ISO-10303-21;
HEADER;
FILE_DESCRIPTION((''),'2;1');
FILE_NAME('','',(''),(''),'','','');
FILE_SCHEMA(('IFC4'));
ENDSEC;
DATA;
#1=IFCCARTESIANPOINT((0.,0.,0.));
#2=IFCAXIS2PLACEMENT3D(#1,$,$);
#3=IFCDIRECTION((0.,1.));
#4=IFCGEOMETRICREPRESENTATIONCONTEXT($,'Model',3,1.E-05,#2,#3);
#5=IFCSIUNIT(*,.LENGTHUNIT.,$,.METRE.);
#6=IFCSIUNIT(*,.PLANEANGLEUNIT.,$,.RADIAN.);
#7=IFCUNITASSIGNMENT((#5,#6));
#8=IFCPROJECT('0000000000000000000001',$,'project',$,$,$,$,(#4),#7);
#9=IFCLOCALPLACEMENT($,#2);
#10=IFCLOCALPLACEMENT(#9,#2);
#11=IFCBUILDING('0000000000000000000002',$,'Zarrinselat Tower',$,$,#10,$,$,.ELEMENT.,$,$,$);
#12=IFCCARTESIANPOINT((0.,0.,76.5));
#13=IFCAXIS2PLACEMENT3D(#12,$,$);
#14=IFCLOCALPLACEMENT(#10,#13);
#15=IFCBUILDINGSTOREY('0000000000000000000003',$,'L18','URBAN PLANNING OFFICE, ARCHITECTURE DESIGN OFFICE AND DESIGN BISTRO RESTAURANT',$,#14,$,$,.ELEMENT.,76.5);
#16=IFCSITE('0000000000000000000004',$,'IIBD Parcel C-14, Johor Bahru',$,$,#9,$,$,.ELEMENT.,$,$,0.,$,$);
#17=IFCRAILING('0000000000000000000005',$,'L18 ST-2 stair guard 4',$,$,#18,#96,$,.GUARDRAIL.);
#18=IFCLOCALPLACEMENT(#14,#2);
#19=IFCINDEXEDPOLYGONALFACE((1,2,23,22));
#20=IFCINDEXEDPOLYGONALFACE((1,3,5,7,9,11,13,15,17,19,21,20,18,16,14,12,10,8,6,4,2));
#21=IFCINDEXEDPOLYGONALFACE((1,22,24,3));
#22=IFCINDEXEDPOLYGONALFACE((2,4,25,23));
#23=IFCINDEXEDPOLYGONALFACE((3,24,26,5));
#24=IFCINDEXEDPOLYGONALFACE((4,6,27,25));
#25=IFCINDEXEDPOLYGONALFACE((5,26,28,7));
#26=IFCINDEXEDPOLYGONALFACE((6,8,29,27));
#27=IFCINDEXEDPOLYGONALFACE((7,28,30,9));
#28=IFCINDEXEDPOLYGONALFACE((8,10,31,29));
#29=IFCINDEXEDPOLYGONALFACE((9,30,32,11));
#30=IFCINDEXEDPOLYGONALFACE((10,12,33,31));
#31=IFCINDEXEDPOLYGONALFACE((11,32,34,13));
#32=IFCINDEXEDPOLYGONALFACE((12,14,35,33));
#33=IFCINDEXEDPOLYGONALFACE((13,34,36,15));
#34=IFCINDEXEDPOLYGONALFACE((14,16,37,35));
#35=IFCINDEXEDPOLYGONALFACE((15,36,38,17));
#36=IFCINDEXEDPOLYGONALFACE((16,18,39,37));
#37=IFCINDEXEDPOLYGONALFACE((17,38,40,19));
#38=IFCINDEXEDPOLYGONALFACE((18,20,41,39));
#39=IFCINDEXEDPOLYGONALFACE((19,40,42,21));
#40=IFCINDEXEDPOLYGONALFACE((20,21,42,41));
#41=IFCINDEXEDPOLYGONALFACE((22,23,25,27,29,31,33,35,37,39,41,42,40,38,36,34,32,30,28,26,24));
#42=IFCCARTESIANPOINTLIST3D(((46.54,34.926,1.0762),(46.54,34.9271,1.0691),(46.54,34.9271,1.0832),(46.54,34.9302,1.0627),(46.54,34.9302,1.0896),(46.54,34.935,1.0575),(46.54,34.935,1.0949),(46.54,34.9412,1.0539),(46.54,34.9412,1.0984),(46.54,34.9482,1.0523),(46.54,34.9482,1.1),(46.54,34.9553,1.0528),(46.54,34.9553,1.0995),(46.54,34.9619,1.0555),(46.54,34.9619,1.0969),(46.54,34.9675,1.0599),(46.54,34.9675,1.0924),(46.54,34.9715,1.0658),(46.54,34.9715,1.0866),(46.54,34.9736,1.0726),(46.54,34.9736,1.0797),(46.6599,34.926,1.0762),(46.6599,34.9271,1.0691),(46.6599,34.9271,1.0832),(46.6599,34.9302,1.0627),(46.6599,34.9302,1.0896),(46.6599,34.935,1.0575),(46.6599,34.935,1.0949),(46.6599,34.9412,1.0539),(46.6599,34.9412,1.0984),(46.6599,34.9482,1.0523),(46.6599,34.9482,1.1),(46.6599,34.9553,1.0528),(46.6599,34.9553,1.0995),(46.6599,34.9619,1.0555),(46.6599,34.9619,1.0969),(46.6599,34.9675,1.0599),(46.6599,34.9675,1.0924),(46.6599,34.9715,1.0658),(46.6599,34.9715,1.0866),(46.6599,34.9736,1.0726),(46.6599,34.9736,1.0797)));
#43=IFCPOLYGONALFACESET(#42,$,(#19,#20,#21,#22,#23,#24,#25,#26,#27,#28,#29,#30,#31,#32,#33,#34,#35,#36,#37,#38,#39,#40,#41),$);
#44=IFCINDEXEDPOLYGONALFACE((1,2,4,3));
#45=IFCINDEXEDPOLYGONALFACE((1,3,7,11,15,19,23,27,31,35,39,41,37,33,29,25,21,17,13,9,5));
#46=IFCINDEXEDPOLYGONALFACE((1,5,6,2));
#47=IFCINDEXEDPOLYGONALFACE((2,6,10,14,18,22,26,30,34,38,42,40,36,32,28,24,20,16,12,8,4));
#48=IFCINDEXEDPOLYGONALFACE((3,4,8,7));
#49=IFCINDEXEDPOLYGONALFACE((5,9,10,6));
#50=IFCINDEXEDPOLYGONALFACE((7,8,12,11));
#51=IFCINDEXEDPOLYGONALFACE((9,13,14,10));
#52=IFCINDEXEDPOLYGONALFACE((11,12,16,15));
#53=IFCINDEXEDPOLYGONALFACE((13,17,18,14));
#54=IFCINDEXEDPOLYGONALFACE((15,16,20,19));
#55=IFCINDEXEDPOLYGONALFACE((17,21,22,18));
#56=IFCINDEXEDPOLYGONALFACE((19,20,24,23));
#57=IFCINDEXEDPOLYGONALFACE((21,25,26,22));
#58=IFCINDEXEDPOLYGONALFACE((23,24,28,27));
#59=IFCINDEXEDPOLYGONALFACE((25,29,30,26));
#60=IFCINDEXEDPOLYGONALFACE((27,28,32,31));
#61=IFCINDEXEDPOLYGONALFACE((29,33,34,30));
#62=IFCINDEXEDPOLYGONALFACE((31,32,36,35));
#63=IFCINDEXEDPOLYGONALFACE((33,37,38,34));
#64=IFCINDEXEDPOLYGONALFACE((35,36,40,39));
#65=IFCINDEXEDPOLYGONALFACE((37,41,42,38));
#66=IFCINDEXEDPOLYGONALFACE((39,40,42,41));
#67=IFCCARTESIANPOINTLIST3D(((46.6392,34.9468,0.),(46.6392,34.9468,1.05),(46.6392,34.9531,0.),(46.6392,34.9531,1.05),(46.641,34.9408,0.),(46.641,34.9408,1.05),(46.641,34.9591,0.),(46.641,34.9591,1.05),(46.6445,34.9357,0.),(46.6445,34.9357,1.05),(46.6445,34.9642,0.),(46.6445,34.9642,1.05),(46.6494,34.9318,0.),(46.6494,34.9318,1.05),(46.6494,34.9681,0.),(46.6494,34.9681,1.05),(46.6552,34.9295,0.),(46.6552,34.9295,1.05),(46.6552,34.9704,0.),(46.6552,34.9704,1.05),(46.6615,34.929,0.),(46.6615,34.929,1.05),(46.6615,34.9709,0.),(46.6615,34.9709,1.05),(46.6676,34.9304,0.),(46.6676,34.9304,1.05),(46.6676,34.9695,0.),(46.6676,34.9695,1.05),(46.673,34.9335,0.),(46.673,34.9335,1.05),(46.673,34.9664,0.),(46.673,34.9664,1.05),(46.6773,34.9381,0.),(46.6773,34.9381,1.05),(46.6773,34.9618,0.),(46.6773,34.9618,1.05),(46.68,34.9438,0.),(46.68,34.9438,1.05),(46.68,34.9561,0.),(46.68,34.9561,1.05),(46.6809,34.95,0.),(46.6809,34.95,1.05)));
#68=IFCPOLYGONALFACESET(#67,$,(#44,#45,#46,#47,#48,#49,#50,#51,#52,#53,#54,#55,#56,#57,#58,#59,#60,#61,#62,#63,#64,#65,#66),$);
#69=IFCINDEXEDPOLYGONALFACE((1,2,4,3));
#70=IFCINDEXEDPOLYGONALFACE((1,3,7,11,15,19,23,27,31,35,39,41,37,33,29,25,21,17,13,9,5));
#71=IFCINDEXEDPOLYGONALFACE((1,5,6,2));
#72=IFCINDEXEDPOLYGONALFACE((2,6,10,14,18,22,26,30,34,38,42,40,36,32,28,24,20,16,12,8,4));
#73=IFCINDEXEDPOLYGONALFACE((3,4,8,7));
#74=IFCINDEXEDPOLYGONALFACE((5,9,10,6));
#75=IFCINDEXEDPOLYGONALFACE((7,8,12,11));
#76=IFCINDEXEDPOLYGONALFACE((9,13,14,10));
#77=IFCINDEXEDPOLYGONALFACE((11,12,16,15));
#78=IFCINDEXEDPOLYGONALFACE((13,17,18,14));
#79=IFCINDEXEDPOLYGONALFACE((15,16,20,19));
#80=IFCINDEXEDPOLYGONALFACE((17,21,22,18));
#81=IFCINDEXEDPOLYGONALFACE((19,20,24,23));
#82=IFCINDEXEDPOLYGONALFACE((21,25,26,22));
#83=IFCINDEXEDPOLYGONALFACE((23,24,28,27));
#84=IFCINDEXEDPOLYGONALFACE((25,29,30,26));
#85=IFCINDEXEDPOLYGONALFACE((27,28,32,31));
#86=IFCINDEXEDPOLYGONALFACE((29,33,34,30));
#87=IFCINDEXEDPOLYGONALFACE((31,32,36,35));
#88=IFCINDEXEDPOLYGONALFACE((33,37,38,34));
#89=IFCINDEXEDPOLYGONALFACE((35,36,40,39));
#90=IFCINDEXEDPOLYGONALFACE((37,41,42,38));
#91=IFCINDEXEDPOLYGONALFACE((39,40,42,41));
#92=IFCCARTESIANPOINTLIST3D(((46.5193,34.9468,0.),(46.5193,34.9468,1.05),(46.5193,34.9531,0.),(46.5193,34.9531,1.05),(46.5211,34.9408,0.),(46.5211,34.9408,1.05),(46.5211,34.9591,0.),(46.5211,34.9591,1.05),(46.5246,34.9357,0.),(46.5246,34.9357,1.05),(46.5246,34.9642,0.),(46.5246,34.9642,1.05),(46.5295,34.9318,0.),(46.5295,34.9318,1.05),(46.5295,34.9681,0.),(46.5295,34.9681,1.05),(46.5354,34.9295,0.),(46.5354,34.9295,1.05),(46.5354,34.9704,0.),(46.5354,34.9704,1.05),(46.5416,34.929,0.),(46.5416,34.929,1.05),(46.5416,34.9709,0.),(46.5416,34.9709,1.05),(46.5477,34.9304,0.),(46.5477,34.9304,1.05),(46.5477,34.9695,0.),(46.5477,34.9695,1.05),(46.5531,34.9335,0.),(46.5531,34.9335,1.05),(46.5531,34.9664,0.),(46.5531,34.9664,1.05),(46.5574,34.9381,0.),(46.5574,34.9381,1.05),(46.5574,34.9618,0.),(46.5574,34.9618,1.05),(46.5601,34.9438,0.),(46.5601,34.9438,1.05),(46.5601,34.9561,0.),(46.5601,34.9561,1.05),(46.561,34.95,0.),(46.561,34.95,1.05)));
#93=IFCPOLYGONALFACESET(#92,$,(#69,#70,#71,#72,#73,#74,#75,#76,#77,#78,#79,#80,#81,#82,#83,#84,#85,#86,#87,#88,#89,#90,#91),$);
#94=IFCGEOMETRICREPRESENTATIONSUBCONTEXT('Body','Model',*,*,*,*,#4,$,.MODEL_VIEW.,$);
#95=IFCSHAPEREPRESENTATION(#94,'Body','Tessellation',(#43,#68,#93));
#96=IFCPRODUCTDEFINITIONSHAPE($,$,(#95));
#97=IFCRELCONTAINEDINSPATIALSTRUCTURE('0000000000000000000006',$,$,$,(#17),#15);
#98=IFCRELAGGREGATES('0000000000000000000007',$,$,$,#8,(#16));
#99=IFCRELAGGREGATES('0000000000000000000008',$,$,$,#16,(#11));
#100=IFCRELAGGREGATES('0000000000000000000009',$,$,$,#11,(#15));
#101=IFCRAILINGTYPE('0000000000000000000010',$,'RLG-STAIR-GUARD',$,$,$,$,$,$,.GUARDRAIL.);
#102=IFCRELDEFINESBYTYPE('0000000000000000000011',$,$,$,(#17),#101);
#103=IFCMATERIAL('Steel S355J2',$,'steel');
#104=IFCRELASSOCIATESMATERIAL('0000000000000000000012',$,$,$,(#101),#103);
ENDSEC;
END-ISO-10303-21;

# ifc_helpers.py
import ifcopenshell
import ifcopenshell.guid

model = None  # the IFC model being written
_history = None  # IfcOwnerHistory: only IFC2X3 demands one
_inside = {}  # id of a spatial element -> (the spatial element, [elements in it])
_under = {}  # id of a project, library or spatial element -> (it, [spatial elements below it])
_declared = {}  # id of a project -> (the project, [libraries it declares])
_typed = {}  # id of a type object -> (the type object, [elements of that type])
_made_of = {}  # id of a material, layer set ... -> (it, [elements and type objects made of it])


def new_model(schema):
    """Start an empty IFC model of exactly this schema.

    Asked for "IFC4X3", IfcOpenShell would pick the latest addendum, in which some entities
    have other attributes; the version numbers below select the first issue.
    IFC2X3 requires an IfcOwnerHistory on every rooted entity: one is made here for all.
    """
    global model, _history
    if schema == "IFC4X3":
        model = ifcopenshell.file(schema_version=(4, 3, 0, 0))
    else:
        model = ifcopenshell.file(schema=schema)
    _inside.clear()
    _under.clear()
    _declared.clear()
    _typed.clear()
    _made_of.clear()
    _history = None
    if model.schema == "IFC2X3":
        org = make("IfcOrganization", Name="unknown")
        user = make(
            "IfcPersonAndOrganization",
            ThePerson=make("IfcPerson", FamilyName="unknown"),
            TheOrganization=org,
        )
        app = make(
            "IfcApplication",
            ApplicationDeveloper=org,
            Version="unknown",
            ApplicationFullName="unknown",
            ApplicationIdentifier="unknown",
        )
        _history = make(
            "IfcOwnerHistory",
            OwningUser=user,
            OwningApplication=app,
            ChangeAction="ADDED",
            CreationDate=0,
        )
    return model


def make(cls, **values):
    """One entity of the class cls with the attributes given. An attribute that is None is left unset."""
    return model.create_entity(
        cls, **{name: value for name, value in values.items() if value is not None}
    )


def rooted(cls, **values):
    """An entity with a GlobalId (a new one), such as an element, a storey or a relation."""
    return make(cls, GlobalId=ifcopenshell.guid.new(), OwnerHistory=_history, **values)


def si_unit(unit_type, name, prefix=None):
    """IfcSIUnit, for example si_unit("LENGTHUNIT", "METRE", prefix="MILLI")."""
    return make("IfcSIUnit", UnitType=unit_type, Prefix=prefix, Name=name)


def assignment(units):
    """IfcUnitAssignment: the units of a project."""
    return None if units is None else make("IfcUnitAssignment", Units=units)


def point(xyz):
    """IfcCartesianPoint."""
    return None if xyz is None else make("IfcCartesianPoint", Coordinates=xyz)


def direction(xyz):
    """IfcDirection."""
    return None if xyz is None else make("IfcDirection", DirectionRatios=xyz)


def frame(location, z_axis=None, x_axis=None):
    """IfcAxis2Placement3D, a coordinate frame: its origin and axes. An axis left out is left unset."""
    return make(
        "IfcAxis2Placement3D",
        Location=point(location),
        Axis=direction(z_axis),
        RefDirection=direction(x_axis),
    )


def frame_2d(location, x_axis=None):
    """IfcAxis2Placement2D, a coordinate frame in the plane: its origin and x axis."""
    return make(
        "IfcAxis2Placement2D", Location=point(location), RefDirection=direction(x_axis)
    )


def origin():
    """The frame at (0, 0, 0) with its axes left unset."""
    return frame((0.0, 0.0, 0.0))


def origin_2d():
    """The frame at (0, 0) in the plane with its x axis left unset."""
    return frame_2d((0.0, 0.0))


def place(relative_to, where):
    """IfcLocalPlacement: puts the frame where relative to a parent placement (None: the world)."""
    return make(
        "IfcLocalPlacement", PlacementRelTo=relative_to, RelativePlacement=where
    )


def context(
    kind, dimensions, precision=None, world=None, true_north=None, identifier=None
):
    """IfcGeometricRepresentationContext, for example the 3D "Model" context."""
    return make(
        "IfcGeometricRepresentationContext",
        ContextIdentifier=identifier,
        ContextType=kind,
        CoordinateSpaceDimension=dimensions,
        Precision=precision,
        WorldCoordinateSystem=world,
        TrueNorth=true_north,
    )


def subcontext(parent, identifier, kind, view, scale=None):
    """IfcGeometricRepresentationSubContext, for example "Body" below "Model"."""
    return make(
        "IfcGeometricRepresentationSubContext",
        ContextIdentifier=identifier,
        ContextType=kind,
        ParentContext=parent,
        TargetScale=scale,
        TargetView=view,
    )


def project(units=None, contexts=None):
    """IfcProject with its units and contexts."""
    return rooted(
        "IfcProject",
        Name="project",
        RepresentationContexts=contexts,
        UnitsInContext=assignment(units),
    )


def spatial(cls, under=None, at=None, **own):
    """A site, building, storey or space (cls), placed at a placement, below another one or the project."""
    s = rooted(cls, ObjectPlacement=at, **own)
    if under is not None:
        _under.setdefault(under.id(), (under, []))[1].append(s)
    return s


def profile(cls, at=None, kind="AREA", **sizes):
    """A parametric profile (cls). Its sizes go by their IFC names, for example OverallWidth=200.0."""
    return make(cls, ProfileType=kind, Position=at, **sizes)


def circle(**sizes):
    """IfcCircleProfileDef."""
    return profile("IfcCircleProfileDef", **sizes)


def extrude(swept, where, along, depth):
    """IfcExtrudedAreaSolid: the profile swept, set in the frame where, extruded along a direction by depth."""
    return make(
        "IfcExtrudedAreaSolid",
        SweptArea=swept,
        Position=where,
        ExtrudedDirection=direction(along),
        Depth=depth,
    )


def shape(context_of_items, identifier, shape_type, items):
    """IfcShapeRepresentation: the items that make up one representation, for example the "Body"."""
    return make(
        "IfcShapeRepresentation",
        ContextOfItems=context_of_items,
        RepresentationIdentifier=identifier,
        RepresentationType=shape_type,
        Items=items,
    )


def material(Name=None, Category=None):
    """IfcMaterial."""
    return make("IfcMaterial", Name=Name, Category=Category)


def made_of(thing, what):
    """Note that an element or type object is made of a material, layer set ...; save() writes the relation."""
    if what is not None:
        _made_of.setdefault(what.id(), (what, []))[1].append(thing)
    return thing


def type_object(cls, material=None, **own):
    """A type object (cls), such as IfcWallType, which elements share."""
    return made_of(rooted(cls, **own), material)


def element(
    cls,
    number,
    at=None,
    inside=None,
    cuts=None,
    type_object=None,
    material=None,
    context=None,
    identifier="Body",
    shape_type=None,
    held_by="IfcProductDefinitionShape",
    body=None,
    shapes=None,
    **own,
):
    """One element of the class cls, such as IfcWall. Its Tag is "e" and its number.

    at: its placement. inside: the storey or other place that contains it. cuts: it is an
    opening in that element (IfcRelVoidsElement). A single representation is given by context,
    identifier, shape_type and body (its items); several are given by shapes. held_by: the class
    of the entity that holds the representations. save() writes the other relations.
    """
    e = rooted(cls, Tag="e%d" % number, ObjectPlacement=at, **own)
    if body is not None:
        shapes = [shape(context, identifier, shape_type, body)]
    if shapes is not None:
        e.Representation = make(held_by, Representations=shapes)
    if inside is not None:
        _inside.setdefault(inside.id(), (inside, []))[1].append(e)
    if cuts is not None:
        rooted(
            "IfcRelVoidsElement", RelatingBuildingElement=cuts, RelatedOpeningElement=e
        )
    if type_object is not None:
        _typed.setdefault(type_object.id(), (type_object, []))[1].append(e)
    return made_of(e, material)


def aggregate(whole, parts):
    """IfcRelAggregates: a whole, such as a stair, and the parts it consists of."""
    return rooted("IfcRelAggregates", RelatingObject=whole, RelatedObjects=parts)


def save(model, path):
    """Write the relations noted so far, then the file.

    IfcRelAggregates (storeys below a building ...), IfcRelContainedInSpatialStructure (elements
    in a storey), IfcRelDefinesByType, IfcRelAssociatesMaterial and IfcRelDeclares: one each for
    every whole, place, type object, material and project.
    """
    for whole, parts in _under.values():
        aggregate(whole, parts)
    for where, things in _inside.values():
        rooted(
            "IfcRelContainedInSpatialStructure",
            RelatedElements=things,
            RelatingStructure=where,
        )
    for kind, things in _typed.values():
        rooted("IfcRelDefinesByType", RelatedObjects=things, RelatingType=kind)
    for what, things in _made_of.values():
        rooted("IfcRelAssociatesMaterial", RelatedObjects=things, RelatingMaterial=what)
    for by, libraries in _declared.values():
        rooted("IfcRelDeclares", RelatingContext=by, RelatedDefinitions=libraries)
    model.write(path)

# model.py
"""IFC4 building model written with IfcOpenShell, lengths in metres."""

from ifc_helpers import new_model, si_unit, direction, frame, origin, origin_2d, place, context, subcontext, project, spatial, circle, extrude, material, type_object, element, save


model = new_model("IFC4")

# Units and contexts
model_context = context("Model", 3, precision=1e-05, world=origin(), true_north=direction((0.0, 1.0)))
body_context = subcontext(model_context, "Body", "Model", "MODEL_VIEW")
ifc_project = project(units=[si_unit("LENGTHUNIT", "METRE"), si_unit("PLANEANGLEUNIT", "RADIAN")], contexts=[model_context])

# Site, building, storey
site_placement = place(None, origin())
site = spatial("IfcSite", under=ifc_project, at=site_placement, Name="IIBD Parcel C-14, Johor Bahru", CompositionType="ELEMENT", RefElevation=0.0)
building_placement = place(site_placement, origin())
building = spatial("IfcBuilding", under=site, at=building_placement, Name="Zarrinselat Tower", CompositionType="ELEMENT")
storey_placement = place(building_placement, frame((0.0, 0.0, 76.5)))
storey = spatial("IfcBuildingStorey", under=building, at=storey_placement, Name="L18", Description="URBAN PLANNING OFFICE, ARCHITECTURE DESIGN OFFICE AND DESIGN BISTRO RESTAURANT", CompositionType="ELEMENT", Elevation=76.5)

# Railing
ifc_material_1 = material(Name="Steel S355J2", Category="steel")
railing_type_1 = type_object("IfcRailingType", Name="RLG-STAIR-GUARD", PredefinedType="GUARDRAIL", material=ifc_material_1)
railing_1_placement = place(storey_placement, frame((46.6599, 34.95, 0.0)))
element("IfcRailing", 1, at=railing_1_placement, inside=storey, type_object=railing_type_1, Name="L18 ST-2 stair guard 4", PredefinedType="GUARDRAIL", context=body_context, shape_type="SweptSolid", body=[
    extrude(circle(Radius=0.0239, at=origin_2d()), frame((0.0, 0.0, 1.0762), z_axis=(-1.0, 0.0, 0.0), x_axis=(0.0, -1.0, 0.0)), (0.0, 0.0, 1.0), 0.1199),
    extrude(circle(Radius=0.021, at=origin_2d()), origin(), (0.0, 0.0, 1.0), 1.05),
    extrude(circle(Radius=0.021, at=origin_2d()), frame((-0.1199, 0.0, 0.0)), (0.0, 0.0, 1.0), 1.05),
])

save(model, "model.ifc")
